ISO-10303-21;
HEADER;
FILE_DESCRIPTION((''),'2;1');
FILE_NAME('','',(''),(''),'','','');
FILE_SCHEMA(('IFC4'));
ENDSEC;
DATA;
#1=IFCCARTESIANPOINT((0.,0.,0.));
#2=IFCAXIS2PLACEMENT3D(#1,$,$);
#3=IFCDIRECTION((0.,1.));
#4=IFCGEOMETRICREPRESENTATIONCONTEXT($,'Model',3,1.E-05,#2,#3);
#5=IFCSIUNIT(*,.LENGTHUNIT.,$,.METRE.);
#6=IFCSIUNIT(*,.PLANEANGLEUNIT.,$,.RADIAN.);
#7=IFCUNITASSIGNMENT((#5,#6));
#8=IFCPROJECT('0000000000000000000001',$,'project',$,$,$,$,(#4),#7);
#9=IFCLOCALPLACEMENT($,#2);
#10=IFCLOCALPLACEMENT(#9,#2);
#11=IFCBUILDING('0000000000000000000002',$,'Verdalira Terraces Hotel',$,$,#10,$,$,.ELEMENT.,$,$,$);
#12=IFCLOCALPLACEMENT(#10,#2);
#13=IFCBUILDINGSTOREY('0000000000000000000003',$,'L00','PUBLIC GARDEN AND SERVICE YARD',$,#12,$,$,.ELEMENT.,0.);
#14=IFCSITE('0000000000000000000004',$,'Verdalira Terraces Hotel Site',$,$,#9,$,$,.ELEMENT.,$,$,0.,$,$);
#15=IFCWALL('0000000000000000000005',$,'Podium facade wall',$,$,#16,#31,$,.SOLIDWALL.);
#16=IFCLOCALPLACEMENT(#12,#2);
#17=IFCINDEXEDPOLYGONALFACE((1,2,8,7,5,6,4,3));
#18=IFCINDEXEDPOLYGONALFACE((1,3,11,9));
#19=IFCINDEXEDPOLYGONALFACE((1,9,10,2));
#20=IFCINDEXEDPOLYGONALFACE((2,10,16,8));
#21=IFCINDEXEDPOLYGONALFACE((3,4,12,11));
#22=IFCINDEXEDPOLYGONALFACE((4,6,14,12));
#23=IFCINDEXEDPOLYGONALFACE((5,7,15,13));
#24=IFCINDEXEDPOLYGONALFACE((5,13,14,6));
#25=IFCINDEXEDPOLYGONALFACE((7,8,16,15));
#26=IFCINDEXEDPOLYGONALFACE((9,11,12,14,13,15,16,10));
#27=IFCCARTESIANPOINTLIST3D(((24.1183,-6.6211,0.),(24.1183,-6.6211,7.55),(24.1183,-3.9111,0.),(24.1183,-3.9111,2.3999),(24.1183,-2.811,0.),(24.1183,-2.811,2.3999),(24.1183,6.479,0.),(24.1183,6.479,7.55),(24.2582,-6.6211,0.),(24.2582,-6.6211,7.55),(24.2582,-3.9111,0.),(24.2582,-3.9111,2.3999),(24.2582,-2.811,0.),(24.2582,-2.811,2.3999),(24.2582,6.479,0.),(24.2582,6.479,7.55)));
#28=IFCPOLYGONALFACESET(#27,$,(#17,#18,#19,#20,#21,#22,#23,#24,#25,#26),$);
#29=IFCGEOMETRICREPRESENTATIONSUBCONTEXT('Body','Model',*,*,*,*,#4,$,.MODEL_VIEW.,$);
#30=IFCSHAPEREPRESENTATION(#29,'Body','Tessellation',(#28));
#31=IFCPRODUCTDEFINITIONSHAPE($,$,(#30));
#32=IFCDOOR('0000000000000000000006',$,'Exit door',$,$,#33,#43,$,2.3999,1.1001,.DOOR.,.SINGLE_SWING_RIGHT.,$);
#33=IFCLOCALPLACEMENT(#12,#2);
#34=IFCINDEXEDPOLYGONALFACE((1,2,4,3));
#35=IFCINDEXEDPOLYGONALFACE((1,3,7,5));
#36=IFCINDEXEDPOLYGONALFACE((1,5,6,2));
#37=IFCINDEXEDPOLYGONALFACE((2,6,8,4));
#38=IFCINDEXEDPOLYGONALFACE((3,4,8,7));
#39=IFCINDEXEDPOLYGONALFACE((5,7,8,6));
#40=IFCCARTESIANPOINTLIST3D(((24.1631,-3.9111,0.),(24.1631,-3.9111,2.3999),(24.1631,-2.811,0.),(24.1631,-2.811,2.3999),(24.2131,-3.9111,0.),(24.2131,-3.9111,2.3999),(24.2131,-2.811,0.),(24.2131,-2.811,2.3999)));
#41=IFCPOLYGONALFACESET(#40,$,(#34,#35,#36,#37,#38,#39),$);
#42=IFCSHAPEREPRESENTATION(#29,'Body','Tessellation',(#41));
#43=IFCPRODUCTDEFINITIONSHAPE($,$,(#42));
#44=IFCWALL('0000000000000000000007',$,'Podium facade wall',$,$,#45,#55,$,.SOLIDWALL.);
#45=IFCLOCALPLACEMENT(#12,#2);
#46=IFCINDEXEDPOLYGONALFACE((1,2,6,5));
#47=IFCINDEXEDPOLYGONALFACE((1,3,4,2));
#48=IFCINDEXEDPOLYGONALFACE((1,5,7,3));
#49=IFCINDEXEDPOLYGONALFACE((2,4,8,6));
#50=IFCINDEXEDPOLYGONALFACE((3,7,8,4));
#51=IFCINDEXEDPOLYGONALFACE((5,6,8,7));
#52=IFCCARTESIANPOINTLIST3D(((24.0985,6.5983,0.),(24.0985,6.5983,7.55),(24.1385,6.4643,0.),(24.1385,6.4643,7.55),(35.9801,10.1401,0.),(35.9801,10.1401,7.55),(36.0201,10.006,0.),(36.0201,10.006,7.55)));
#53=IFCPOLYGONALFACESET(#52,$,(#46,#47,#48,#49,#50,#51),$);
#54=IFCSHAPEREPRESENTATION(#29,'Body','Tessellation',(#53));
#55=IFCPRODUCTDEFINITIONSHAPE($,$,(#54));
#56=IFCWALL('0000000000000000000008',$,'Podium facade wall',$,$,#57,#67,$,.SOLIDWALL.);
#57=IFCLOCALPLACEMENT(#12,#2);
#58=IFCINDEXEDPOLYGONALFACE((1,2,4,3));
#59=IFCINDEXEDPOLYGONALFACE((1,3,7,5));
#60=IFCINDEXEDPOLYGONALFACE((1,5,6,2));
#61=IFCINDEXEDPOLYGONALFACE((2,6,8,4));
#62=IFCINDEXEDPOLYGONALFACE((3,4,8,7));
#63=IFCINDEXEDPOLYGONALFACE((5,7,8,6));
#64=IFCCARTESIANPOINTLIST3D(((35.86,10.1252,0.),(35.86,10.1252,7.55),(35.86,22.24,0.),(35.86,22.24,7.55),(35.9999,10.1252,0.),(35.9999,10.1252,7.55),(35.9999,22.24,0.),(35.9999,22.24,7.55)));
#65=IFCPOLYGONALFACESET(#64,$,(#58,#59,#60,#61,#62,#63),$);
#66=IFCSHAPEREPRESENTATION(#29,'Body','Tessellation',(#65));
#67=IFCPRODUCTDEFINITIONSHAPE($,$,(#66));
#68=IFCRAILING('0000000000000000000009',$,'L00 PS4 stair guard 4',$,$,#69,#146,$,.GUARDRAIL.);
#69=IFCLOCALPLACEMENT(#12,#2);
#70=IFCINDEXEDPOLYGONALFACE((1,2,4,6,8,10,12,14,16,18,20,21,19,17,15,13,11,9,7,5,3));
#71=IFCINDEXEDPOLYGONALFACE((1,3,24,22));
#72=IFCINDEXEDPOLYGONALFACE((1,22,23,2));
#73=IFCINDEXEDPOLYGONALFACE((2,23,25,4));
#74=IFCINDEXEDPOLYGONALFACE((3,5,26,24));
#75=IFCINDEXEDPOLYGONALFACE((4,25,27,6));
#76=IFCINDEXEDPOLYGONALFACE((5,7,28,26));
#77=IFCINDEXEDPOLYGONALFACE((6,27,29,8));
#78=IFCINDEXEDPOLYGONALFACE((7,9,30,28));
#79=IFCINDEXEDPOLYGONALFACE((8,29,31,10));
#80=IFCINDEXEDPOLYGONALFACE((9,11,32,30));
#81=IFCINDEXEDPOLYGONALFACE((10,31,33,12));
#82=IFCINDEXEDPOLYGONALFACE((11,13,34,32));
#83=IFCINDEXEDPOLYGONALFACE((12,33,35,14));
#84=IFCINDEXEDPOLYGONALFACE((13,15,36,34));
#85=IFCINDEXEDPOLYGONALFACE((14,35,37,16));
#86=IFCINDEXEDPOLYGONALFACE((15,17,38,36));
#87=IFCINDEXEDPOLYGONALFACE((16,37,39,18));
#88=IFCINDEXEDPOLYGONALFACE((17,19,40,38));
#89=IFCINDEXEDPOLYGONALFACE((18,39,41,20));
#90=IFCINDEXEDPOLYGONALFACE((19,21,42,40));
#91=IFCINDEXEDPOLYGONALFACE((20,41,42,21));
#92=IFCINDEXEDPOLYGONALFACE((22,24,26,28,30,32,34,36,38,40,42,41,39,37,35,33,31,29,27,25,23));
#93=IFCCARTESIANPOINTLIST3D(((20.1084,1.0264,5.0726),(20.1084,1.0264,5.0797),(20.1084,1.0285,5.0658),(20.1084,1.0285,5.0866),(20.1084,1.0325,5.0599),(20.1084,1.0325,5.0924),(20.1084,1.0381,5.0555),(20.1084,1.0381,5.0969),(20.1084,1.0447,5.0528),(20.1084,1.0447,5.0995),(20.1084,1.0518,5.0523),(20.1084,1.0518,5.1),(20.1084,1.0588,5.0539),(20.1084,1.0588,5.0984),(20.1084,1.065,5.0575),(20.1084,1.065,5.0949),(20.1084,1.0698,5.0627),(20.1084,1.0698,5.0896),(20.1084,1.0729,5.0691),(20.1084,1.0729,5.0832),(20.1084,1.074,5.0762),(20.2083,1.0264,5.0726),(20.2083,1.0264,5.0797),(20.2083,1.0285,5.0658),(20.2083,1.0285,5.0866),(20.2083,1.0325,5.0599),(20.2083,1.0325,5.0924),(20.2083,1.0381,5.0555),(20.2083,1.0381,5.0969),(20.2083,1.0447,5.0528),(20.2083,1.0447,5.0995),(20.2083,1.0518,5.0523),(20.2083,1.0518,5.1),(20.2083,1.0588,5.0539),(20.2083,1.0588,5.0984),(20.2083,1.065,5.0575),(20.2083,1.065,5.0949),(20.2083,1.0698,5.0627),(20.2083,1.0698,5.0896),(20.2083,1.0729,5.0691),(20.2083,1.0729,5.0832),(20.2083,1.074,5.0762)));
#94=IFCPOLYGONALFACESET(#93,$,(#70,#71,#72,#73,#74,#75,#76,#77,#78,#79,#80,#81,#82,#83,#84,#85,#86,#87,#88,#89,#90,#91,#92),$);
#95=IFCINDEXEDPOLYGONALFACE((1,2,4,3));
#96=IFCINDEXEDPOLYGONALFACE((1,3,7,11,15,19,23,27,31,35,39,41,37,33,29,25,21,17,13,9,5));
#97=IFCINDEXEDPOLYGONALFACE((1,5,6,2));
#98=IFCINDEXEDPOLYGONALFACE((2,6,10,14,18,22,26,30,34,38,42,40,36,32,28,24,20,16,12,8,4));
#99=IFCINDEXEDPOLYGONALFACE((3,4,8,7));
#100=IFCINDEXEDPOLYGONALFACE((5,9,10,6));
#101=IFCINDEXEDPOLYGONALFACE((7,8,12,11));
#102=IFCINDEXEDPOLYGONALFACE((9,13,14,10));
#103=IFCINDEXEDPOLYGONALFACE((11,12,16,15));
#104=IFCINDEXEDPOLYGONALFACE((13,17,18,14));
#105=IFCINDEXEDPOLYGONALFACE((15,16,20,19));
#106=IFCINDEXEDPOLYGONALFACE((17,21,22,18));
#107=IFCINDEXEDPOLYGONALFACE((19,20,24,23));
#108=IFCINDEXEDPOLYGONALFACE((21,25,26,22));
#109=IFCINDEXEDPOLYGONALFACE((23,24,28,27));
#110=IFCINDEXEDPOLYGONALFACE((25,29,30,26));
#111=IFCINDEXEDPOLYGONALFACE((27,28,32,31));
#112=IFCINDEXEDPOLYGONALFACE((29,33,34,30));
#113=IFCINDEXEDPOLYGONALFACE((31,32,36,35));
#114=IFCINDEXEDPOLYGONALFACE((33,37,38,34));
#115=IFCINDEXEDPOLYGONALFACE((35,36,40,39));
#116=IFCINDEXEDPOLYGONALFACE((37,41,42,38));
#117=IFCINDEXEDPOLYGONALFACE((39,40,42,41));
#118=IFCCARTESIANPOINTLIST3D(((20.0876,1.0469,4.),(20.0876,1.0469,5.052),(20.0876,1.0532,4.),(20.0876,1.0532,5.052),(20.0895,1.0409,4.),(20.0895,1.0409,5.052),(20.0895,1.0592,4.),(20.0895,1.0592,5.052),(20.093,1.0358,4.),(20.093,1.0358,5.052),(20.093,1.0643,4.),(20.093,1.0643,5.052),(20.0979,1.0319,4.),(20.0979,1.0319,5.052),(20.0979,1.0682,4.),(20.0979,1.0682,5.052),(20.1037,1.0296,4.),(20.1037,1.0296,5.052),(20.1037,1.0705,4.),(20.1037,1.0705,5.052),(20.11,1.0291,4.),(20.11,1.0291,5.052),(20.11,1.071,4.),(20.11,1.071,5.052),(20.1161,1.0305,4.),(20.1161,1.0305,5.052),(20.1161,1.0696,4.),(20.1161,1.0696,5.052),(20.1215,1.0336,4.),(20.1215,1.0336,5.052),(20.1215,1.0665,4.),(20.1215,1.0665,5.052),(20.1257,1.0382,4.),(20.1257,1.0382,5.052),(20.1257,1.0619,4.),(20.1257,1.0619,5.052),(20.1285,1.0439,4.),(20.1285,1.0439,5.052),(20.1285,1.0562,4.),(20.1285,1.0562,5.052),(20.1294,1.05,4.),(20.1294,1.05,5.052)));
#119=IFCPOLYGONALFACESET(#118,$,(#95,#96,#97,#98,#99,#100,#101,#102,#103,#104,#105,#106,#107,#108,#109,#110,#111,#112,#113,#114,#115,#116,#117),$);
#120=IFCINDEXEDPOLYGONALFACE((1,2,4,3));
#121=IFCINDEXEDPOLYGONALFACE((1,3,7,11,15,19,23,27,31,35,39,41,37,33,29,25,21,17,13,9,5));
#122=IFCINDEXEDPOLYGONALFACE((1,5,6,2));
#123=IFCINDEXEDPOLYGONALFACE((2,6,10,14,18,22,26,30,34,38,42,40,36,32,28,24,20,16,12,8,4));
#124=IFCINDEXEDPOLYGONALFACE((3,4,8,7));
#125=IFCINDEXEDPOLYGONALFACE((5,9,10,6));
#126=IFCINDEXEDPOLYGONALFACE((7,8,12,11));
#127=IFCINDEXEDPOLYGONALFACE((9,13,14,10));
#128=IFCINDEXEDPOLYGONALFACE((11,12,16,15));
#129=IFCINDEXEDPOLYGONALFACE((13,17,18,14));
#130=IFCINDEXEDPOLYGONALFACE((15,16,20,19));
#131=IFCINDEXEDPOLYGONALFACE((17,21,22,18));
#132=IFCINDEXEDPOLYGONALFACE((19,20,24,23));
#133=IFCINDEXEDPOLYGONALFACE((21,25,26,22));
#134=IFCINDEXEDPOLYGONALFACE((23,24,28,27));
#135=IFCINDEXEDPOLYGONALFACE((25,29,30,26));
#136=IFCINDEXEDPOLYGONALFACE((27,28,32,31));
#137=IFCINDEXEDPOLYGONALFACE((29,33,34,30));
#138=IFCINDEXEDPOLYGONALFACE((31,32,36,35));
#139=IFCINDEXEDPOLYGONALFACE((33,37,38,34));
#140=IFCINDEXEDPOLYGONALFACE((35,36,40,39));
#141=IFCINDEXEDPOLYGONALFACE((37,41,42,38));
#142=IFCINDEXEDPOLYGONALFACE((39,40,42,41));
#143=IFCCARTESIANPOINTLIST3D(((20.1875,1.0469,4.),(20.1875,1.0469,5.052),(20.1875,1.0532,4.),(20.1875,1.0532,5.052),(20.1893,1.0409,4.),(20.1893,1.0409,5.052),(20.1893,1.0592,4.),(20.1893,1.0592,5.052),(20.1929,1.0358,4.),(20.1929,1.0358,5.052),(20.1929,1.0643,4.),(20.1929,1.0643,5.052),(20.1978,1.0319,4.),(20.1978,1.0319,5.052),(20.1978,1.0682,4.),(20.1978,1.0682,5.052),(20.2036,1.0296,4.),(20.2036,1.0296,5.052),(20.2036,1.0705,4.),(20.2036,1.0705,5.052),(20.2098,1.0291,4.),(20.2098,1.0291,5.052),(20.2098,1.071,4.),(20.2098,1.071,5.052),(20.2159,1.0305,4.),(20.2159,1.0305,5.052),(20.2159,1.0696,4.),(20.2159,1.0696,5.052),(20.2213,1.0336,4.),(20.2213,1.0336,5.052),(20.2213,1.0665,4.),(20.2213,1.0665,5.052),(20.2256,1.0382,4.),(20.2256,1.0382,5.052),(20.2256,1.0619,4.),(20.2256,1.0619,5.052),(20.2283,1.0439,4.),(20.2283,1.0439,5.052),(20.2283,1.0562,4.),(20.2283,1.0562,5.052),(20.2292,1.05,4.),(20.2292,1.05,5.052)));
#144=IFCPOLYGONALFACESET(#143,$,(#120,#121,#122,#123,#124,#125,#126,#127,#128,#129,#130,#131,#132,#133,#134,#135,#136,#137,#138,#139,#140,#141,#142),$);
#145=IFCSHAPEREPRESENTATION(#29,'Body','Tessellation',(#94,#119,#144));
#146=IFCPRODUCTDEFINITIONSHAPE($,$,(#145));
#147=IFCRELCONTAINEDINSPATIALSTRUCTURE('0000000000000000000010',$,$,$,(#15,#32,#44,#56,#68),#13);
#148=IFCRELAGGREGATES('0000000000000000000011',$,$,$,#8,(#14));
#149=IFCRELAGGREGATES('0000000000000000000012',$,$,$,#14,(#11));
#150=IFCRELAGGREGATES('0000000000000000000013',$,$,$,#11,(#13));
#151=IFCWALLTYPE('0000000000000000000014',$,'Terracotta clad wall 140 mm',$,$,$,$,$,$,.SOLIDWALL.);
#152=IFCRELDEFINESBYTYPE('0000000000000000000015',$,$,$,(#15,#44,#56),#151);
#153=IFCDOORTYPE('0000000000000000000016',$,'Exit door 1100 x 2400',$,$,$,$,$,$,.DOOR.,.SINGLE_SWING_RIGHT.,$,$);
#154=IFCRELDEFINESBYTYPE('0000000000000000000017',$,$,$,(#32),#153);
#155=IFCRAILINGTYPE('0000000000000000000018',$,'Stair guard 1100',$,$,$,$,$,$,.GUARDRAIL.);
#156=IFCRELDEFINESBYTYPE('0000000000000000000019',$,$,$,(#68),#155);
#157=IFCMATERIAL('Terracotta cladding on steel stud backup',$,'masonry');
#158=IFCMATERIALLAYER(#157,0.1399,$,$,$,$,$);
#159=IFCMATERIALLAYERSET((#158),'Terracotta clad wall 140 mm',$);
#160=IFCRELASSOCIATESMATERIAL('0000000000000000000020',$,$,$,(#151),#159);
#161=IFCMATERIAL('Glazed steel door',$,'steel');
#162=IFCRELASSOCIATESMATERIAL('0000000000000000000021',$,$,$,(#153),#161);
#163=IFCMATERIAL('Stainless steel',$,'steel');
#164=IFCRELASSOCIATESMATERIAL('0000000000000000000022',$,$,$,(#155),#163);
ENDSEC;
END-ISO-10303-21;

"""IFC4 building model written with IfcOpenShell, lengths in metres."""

from ifc_helpers import new_model, si_unit, direction, frame, frame_2d, origin, origin_2d, place, context, subcontext, project, spatial, rectangle, circle, extrude, material, layer, layer_set, type_object, element, fill, save


model = new_model("IFC4")

# Units and contexts
model_context = context("Model", 3, precision=1e-05, world=origin(), true_north=direction((0.0, 1.0)))
body_context = subcontext(model_context, "Body", "Model", "MODEL_VIEW")
ifc_project = project(units=[si_unit("LENGTHUNIT", "METRE"), si_unit("PLANEANGLEUNIT", "RADIAN")], contexts=[model_context])

# Site, building, storey
site_placement = place(None, origin())
site = spatial("IfcSite", under=ifc_project, at=site_placement, Name="Verdalira Terraces Hotel Site", CompositionType="ELEMENT", RefElevation=0.0)
building_placement = place(site_placement, origin())
building = spatial("IfcBuilding", under=site, at=building_placement, Name="Verdalira Terraces Hotel", CompositionType="ELEMENT")
storey_placement = place(building_placement, origin())
storey = spatial("IfcBuildingStorey", under=building, at=storey_placement, Name="L00", Description="PUBLIC GARDEN AND SERVICE YARD", CompositionType="ELEMENT", Elevation=0.0)

# Wall, opening, door
ifc_material_1 = material(Name="Terracotta cladding on steel stud backup", Category="masonry")
ifc_layer_1 = layer(ifc_material_1, 0.1399)
ifc_layer_set_1 = layer_set([ifc_layer_1], Name="Terracotta clad wall 140 mm")
wall_type_1 = type_object("IfcWallType", Name="Terracotta clad wall 140 mm", PredefinedType="SOLIDWALL", material=ifc_layer_set_1)
wall_1_placement = place(storey_placement, frame((24.1882, 6.479, 0.0), z_axis=(0.0, 0.0, 1.0), x_axis=(0.0, -1.0, 0.0)))
wall_1 = element("IfcWall", 1, at=wall_1_placement, inside=storey, type_object=wall_type_1, Name="Podium facade wall", PredefinedType="SOLIDWALL", context=body_context, shape_type="SweptSolid", body=[
    extrude(rectangle(XDim=13.1001, YDim=0.1399, at=frame_2d((6.55, 0.0))), origin(), (0.0, 0.0, 1.0), 7.55),
])
opening_1_placement = place(wall_1_placement, frame((9.29, 0.0, 0.0)))
opening_1 = element("IfcOpeningElement", 2, at=opening_1_placement, cuts=wall_1, PredefinedType="OPENING", context=body_context, shape_type="SweptSolid", body=[
    extrude(rectangle(XDim=1.1001, YDim=2.3999, at=frame_2d((0.55, 1.2))), frame((0.0, 0.0798, 0.0), z_axis=(0.0, -1.0, 0.0), x_axis=(1.0, 0.0, 0.0)), (0.0, 0.0, 1.0), 0.1599),
])
ifc_material_2 = material(Name="Glazed steel door", Category="steel")
door_type_1 = type_object("IfcDoorType", Name="Exit door 1100 x 2400", OperationType="SINGLE_SWING_RIGHT", PredefinedType="DOOR", material=ifc_material_2)
door_1_placement = place(opening_1_placement, origin())
door_1 = element("IfcDoor", 3, at=door_1_placement, inside=storey, type_object=door_type_1, Name="Exit door", OperationType="SINGLE_SWING_RIGHT", OverallHeight=2.3999, OverallWidth=1.1001, PredefinedType="DOOR", context=body_context, shape_type="SweptSolid", body=[
    extrude(rectangle(XDim=1.1001, YDim=2.3999, at=frame_2d((0.55, 1.2))), frame((0.0, 0.0249, 0.0), z_axis=(0.0, -1.0, 0.0), x_axis=(1.0, 0.0, 0.0)), (0.0, 0.0, 1.0), 0.05),
])
fill(opening_1, door_1)

# Walls
wall_2_placement = place(storey_placement, frame((24.1184, 6.5312, 0.0), z_axis=(0.0, 0.0, 1.0), x_axis=(0.958329, 0.285666, 0.0)))
element("IfcWall", 4, at=wall_2_placement, inside=storey, type_object=wall_type_1, Name="Podium facade wall", PredefinedType="SOLIDWALL", context=body_context, shape_type="SweptSolid", body=[
    extrude(rectangle(XDim=12.3982, YDim=0.1399, at=frame_2d((6.1992, 0.0))), origin(), (0.0, 0.0, 1.0), 7.55),
])
wall_3_placement = place(storey_placement, frame((35.9299, 10.1252, 0.0), z_axis=(0.0, 0.0, 1.0), x_axis=(0.0, 1.0, 0.0)))
element("IfcWall", 5, at=wall_3_placement, inside=storey, type_object=wall_type_1, Name="Podium facade wall", PredefinedType="SOLIDWALL", context=body_context, shape_type="SweptSolid", body=[
    extrude(rectangle(XDim=12.1147, YDim=0.1399, at=frame_2d((6.0574, 0.0))), origin(), (0.0, 0.0, 1.0), 7.55),
])

# Railing
ifc_material_3 = material(Name="Stainless steel", Category="steel")
railing_type = type_object("IfcRailingType", Name="Stair guard 1100", PredefinedType="GUARDRAIL", material=ifc_material_3)
railing_1_placement = place(storey_placement, frame((20.1084, 1.05, 4.0)))
element("IfcRailing", 6, at=railing_1_placement, inside=storey, type_object=railing_type, Name="L00 PS4 stair guard 4", PredefinedType="GUARDRAIL", context=body_context, shape_type="SweptSolid", body=[
    extrude(circle(Radius=0.0239, at=origin_2d()), frame((0.0, 0.0, 1.0762), z_axis=(1.0, 0.0, 0.0), x_axis=(0.0, 1.0, 0.0)), (0.0, 0.0, 1.0), 0.0999),
    extrude(circle(Radius=0.021, at=origin_2d()), origin(), (0.0, 0.0, 1.0), 1.052),
    extrude(circle(Radius=0.021, at=origin_2d()), frame((0.0999, 0.0, 0.0)), (0.0, 0.0, 1.0), 1.052),
])

save(model, "model.ifc")
